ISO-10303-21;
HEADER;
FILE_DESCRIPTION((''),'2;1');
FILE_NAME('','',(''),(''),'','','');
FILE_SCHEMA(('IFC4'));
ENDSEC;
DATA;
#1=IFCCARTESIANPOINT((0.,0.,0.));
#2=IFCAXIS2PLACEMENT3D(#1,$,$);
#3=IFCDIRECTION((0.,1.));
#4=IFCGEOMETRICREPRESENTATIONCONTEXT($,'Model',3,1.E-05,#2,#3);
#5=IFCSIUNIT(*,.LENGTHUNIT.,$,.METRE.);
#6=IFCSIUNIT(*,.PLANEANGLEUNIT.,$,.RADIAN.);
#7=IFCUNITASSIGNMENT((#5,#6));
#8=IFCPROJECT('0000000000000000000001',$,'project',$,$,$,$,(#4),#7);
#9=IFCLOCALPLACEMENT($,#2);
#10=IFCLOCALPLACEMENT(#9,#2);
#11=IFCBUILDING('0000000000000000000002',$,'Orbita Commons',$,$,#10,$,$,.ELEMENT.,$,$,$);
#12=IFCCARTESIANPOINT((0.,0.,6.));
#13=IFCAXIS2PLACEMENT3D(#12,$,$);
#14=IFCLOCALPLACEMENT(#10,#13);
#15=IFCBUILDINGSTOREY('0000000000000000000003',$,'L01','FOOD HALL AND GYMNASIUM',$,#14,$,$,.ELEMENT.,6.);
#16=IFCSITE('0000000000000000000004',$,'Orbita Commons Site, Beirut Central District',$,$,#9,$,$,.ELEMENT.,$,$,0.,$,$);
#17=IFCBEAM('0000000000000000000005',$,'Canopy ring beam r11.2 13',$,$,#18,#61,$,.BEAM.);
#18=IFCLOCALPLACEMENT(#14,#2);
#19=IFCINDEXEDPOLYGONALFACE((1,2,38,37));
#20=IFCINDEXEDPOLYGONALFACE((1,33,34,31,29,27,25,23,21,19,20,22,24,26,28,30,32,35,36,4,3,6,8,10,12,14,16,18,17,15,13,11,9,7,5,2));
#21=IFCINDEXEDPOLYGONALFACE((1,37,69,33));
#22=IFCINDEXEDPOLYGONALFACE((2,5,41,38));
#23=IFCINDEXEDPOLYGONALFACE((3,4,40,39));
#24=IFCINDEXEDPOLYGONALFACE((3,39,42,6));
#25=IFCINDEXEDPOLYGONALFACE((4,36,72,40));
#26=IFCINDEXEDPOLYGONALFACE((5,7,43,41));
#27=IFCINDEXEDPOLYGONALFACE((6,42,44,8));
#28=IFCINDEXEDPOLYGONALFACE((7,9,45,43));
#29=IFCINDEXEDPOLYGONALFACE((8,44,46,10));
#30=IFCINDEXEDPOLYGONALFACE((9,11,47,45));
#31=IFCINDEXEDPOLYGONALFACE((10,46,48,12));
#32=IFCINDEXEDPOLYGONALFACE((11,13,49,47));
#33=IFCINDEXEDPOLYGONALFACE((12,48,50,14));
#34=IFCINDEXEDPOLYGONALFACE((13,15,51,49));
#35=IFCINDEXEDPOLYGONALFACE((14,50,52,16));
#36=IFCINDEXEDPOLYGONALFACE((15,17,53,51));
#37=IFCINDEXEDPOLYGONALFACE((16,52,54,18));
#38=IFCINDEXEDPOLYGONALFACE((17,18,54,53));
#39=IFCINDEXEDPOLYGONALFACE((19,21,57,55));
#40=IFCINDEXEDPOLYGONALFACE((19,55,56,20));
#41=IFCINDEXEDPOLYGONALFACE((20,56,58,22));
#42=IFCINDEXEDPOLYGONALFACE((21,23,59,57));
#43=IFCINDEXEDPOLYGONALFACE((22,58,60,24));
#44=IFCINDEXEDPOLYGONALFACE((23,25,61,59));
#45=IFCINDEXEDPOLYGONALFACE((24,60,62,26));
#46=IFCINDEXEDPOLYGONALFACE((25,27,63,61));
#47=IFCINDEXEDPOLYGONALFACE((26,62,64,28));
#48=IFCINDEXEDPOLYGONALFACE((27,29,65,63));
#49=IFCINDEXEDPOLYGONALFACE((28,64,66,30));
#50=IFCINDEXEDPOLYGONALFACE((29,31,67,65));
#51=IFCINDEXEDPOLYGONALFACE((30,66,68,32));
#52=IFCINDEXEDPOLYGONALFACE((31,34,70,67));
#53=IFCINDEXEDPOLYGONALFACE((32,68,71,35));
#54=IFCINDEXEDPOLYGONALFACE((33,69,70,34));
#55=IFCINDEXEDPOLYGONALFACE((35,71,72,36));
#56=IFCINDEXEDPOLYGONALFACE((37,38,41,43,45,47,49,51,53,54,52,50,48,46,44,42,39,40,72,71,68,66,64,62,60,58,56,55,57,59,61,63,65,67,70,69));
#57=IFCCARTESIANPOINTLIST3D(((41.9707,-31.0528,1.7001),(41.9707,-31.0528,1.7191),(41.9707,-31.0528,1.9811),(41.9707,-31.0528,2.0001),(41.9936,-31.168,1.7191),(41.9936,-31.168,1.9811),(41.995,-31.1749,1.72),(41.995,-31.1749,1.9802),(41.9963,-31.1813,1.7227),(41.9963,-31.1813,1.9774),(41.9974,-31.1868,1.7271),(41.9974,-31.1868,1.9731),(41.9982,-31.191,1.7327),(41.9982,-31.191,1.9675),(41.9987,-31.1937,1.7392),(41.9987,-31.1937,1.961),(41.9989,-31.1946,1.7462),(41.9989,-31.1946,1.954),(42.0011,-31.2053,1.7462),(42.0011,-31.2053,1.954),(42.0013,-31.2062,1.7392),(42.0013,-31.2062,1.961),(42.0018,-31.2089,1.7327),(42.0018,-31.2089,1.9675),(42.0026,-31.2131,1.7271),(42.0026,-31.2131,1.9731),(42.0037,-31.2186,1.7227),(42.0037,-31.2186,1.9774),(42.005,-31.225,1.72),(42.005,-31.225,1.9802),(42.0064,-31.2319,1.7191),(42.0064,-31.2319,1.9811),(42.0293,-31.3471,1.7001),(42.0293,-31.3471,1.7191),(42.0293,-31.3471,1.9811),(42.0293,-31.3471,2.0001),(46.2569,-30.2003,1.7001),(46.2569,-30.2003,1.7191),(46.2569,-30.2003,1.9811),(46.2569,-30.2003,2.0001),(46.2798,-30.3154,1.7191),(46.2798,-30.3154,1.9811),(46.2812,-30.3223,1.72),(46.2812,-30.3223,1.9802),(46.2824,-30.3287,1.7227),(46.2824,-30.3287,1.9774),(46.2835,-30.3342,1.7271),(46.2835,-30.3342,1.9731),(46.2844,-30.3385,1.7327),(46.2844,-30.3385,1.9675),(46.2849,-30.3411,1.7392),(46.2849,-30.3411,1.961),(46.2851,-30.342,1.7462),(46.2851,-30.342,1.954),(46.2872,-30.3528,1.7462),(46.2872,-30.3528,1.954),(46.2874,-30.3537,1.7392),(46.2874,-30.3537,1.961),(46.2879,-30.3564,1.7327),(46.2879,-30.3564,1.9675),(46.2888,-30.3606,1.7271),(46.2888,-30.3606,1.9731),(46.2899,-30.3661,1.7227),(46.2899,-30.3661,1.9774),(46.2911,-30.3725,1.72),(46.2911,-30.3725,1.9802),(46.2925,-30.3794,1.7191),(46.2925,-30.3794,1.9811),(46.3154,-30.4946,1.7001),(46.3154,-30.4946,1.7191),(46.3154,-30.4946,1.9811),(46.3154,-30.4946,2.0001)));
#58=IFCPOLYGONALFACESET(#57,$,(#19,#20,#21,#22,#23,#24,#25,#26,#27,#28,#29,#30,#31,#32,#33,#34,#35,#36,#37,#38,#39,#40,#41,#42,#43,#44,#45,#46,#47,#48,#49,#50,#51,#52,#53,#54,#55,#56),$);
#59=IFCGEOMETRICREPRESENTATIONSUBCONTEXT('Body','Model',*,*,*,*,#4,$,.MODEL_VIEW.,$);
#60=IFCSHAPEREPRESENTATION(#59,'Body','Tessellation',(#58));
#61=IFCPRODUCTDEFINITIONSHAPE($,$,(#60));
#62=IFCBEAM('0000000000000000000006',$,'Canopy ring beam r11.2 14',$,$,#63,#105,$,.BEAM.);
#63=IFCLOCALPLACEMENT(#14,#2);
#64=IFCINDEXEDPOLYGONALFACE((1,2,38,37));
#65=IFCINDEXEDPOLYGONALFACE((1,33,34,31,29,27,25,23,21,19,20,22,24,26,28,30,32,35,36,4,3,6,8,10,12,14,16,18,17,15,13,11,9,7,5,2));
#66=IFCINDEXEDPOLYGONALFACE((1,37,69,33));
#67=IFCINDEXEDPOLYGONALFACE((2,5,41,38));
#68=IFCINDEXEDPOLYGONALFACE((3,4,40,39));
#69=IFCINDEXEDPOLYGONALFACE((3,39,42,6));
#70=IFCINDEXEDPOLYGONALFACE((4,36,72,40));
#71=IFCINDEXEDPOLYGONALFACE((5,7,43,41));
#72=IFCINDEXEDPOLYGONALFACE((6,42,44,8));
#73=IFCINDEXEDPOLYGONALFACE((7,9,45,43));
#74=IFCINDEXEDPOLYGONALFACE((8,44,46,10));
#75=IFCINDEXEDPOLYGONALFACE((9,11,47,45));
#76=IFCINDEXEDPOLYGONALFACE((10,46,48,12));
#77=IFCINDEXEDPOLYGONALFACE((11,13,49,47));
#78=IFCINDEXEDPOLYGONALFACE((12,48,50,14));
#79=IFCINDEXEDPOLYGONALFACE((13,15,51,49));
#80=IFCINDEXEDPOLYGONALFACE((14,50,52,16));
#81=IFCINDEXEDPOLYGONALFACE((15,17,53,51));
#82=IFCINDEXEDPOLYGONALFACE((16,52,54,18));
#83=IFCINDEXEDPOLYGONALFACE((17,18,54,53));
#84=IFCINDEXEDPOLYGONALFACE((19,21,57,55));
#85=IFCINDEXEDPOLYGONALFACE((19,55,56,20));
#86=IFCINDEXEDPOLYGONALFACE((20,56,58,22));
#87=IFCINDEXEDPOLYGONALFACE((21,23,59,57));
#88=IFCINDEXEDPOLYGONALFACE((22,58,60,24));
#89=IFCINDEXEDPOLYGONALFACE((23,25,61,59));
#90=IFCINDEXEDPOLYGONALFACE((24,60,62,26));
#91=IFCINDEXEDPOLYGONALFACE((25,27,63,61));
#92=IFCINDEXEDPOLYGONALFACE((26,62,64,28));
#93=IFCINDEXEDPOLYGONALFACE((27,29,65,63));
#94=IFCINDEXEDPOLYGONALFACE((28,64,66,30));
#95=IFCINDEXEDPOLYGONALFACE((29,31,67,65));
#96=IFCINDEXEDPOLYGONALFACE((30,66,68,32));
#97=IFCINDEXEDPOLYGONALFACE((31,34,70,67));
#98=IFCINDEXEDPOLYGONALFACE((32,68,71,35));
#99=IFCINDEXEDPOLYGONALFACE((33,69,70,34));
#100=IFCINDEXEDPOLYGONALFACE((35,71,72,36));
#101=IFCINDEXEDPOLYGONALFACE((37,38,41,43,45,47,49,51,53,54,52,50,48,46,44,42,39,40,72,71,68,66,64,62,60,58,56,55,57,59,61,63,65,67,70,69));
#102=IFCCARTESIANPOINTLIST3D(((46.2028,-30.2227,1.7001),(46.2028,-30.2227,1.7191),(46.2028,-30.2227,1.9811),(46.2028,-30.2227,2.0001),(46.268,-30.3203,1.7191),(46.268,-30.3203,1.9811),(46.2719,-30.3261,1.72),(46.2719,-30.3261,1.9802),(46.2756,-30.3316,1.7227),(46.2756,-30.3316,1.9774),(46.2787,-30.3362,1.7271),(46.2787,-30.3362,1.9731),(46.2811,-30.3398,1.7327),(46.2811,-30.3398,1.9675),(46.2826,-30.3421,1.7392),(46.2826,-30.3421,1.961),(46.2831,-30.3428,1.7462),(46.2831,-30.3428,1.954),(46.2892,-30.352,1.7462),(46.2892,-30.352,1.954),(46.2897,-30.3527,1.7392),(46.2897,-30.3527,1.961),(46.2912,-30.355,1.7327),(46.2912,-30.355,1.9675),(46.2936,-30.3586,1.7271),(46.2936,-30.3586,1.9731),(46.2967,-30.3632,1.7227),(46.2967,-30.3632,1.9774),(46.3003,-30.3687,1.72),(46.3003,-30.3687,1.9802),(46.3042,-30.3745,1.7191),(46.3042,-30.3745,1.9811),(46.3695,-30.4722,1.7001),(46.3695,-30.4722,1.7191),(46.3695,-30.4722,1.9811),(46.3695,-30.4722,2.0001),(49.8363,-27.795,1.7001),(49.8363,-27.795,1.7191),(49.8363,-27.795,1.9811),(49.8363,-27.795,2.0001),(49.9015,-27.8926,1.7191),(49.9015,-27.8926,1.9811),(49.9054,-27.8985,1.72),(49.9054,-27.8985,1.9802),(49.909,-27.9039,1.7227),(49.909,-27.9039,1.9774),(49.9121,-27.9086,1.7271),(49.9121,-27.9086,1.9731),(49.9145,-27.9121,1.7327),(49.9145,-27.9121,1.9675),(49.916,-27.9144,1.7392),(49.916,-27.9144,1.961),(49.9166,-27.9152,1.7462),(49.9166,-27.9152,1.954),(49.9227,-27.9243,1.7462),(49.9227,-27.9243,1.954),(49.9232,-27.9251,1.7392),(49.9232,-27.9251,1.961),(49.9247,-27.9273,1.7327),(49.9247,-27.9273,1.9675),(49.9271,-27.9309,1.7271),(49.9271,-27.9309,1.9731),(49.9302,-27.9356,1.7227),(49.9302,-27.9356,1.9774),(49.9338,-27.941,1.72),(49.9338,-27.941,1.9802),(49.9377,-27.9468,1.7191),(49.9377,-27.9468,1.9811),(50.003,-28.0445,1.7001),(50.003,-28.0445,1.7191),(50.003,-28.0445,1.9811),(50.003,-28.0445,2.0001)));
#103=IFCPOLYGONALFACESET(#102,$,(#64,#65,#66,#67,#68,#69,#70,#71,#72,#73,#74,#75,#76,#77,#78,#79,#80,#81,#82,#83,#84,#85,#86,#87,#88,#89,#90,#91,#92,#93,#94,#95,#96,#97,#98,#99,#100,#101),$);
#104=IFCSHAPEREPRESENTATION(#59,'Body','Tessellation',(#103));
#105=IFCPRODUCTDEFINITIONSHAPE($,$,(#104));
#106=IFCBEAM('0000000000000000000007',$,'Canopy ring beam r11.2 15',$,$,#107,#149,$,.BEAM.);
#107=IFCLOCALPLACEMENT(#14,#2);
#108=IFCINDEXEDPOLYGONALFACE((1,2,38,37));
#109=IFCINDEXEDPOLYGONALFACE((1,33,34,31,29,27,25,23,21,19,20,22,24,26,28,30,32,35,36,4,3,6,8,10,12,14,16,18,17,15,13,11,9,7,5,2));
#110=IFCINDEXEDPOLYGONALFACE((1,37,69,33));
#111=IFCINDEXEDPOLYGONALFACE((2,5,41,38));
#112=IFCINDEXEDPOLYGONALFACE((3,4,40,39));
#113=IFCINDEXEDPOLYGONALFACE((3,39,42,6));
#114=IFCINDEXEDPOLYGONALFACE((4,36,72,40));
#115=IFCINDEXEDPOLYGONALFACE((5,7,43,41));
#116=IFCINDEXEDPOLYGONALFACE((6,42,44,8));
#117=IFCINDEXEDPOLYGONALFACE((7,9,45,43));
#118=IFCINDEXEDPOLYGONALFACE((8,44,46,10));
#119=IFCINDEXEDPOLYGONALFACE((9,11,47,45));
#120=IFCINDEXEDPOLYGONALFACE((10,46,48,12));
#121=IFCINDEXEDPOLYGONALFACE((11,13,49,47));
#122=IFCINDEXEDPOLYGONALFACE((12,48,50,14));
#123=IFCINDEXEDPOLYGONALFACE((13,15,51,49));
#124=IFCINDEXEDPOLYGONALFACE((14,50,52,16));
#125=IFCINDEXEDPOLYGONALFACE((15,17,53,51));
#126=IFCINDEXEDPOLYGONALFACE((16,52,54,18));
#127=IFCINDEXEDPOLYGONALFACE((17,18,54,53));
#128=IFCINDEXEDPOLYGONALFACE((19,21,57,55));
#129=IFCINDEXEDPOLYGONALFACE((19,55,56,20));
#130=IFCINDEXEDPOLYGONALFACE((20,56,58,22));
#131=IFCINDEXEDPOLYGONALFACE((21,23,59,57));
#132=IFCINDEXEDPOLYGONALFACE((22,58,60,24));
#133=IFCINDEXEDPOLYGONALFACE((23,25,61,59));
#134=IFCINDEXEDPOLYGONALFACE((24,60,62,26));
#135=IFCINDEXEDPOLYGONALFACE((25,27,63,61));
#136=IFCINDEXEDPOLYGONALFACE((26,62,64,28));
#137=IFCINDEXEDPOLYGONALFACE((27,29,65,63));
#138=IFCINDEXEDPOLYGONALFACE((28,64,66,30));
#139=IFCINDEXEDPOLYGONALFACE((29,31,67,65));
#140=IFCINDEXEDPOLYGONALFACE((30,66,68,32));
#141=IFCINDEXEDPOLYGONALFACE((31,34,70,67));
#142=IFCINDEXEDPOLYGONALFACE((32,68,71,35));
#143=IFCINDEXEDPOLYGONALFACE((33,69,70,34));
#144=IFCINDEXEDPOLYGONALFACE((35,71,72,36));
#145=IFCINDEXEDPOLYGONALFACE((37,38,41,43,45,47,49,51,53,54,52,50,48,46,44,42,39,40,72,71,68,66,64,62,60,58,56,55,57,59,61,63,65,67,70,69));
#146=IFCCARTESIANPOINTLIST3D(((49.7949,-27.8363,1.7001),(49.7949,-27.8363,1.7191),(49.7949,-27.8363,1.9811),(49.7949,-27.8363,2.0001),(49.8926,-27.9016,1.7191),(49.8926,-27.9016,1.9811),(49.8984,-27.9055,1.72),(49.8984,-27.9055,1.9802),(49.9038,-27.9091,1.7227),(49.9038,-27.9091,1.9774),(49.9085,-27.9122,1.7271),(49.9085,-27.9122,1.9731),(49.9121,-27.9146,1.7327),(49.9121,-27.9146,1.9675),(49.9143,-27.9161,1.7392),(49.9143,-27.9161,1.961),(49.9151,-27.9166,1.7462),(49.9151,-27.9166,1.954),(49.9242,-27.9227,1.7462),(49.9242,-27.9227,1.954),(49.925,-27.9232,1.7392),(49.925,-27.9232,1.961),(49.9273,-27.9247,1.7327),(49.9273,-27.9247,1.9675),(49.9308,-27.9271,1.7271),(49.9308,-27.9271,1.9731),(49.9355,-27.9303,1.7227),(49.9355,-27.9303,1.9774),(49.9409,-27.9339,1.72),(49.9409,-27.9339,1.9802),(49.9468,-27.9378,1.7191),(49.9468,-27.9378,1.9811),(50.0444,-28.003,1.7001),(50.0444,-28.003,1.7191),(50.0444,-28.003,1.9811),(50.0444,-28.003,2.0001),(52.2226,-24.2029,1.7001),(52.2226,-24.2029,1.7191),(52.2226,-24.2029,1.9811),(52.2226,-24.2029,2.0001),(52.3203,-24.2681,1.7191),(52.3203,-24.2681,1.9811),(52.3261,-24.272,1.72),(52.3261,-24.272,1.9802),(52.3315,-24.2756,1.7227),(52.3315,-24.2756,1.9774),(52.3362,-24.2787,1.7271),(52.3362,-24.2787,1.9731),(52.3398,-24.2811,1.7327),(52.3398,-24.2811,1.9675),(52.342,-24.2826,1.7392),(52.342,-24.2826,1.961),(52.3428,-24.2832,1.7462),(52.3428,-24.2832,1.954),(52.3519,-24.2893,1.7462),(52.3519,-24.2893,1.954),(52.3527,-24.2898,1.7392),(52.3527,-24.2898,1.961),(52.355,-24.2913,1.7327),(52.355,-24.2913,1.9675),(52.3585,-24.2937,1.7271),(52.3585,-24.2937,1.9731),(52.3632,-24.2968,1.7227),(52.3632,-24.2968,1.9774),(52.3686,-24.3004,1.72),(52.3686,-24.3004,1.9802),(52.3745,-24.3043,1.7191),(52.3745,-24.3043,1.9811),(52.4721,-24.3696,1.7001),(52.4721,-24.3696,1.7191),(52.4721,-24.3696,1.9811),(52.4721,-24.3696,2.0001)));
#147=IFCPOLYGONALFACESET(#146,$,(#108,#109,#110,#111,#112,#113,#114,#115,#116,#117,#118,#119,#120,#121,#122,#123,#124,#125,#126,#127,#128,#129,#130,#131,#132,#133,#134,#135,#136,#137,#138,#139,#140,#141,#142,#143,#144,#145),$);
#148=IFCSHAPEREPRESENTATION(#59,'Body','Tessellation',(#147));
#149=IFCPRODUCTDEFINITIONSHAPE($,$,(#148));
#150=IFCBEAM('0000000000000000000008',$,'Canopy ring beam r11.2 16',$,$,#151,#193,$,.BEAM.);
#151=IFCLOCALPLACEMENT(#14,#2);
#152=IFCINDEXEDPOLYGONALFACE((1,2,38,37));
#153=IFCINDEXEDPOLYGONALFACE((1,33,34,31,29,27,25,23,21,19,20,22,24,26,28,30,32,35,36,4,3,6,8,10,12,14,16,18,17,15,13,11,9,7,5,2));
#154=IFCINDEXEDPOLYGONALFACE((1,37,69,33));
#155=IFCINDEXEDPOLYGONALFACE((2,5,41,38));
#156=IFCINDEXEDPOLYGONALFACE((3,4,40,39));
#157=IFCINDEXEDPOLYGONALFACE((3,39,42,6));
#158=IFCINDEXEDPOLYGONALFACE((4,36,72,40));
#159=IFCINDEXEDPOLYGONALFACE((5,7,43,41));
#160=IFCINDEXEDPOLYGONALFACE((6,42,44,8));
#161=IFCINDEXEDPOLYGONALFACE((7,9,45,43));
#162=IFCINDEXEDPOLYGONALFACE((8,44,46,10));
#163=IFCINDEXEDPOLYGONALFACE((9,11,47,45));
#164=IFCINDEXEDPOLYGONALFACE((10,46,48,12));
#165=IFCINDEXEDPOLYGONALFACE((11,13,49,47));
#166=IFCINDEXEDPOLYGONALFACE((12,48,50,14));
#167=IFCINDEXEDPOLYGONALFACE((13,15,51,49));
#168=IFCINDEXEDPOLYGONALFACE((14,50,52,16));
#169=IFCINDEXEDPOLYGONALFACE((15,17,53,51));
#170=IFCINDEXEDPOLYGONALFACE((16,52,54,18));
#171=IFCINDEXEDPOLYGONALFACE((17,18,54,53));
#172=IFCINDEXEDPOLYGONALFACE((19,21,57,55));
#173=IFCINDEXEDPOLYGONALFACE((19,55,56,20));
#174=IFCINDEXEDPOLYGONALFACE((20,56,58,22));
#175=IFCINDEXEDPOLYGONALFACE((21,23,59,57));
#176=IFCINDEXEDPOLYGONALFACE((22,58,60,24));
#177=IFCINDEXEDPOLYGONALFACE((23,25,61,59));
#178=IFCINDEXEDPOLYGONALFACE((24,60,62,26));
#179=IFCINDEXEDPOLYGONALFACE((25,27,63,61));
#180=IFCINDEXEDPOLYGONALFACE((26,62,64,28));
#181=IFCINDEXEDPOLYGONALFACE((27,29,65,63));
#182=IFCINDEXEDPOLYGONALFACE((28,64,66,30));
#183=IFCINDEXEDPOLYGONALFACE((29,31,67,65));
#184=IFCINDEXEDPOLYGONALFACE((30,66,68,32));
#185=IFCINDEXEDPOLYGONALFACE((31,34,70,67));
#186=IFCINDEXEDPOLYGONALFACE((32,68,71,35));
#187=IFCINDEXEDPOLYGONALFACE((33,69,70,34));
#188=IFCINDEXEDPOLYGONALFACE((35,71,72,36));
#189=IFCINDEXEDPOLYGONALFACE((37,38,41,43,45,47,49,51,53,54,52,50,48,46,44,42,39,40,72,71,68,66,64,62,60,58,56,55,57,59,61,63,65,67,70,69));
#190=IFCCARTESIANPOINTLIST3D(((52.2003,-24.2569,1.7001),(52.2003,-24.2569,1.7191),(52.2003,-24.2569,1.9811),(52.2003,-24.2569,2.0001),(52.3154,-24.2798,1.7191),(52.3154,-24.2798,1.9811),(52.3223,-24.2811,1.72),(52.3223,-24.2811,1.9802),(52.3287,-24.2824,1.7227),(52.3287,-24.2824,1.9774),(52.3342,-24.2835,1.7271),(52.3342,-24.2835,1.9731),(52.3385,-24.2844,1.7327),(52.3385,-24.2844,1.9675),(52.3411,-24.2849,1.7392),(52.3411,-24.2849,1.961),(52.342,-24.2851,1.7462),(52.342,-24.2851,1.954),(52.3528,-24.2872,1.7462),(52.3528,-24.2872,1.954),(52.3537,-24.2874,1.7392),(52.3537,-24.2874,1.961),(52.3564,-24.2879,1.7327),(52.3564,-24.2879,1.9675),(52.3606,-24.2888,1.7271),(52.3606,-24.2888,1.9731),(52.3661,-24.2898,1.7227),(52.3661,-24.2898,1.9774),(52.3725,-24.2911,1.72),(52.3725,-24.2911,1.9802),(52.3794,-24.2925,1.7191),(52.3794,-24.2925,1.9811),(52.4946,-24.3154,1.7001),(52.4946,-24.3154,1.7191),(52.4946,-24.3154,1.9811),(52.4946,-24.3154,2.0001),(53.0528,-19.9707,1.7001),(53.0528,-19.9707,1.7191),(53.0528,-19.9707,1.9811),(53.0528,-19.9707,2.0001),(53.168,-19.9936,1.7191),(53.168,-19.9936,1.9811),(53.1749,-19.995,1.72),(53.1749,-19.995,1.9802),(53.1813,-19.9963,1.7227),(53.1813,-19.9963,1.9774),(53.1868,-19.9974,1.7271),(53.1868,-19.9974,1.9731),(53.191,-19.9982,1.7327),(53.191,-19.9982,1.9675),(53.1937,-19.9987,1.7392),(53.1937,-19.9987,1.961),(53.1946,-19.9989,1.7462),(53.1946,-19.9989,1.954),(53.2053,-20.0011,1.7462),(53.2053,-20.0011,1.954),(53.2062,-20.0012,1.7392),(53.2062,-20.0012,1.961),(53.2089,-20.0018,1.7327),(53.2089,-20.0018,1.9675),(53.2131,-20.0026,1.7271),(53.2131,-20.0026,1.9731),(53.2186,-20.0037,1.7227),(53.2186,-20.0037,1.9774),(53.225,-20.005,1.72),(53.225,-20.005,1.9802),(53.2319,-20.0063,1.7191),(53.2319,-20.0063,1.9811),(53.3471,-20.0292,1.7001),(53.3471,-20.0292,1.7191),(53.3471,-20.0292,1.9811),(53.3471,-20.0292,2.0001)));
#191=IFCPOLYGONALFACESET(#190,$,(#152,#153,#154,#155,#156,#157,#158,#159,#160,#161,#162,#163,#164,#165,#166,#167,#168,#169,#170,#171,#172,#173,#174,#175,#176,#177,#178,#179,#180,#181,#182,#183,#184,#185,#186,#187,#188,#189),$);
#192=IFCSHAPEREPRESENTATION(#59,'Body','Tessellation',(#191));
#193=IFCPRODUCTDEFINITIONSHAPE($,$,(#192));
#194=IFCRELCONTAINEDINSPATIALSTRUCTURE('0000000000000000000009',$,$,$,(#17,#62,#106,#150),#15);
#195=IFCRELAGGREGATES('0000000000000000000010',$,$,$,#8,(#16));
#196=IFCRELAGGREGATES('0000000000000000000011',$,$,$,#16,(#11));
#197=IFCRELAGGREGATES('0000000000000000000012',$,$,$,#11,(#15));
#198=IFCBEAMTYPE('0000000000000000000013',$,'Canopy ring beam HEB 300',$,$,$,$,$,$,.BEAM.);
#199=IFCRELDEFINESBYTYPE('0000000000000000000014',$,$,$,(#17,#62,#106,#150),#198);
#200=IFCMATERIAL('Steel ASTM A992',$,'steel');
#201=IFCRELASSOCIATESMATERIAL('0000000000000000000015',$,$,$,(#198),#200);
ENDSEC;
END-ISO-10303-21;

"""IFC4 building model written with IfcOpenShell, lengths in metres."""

from ifc_helpers import new_model, si_unit, direction, frame, origin, origin_2d, place, context, subcontext, project, spatial, i_section, extrude, material, material_profile, profile_set, type_object, element, save


model = new_model("IFC4")

# Units and contexts
model_context = context("Model", 3, precision=1e-05, world=origin(), true_north=direction((0.0, 1.0)))
body_context = subcontext(model_context, "Body", "Model", "MODEL_VIEW")
ifc_project = project(units=[si_unit("LENGTHUNIT", "METRE"), si_unit("PLANEANGLEUNIT", "RADIAN")], contexts=[model_context])

# Site, building, storey
site_placement = place(None, origin())
site = spatial("IfcSite", under=ifc_project, at=site_placement, Name="Orbita Commons Site, Beirut Central District", CompositionType="ELEMENT", RefElevation=0.0)
building_placement = place(site_placement, origin())
building = spatial("IfcBuilding", under=site, at=building_placement, Name="Orbita Commons", CompositionType="ELEMENT")
storey_placement = place(building_placement, frame((0.0, 0.0, 6.0)))
storey = spatial("IfcBuildingStorey", under=building, at=storey_placement, Name="L01", Description="FOOD HALL AND GYMNASIUM", CompositionType="ELEMENT", Elevation=6.0)

# Beams
ifc_material_1 = material(Name="Steel ASTM A992", Category="steel")
ifc_material_profile_1 = material_profile(ifc_material_1, i_section(OverallWidth=0.3, OverallDepth=0.3, WebThickness=0.011, FlangeThickness=0.019, FilletRadius=0.0271, at=origin_2d()), Name="HEB 300")
ifc_profile_set_1 = profile_set([ifc_material_profile_1], Name="Steel ASTM A992")
beam_type = type_object("IfcBeamType", Name="Canopy ring beam HEB 300", PredefinedType="BEAM", material=ifc_profile_set_1)
for number, where, z_axis, x_axis, name in (
    (1, (42.0, -31.2, 1.8501), (0.980786, 0.195085, 0.0), (-0.195085, 0.980786, 0.0), "Canopy ring beam r11.2 13"),
):
    element("IfcBeam", number, at=place(storey_placement, frame(where, z_axis=z_axis, x_axis=x_axis)), inside=storey, type_object=beam_type, Name=name, PredefinedType="BEAM", context=body_context, shape_type="SweptSolid", body=[
        extrude(i_section(OverallWidth=0.3, OverallDepth=0.3, WebThickness=0.011, FlangeThickness=0.019, FilletRadius=0.0271, at=origin_2d()), origin(), (0.0, 0.0, 1.0), 4.3701),
    ])
for number, where, z_axis, x_axis, name in (
    (2, (46.2861, -30.3474, 1.8501), (0.831483, 0.555551, 0.0), (-0.555551, 0.831483, 0.0), "Canopy ring beam r11.2 14"),
    (3, (49.9197, -27.9197, 1.8501), (0.555551, 0.831483, 0.0), (-0.831483, 0.555551, 0.0), "Canopy ring beam r11.2 15"),
):
    element("IfcBeam", number, at=place(storey_placement, frame(where, z_axis=z_axis, x_axis=x_axis)), inside=storey, type_object=beam_type, Name=name, PredefinedType="BEAM", context=body_context, shape_type="SweptSolid", body=[
        extrude(i_section(OverallWidth=0.3, OverallDepth=0.3, WebThickness=0.011, FlangeThickness=0.019, FilletRadius=0.0271, at=origin_2d()), origin(), (0.0, 0.0, 1.0), 4.3699),
    ])
beam_placement = place(storey_placement, frame((52.3474, -24.2861, 1.8501), z_axis=(0.195085, 0.980786, 0.0), x_axis=(-0.980786, 0.195085, 0.0)))
element("IfcBeam", 4, at=beam_placement, inside=storey, type_object=beam_type, Name="Canopy ring beam r11.2 16", PredefinedType="BEAM", context=body_context, shape_type="SweptSolid", body=[
    extrude(i_section(OverallWidth=0.3, OverallDepth=0.3, WebThickness=0.011, FlangeThickness=0.019, FilletRadius=0.0271, at=origin_2d()), origin(), (0.0, 0.0, 1.0), 4.3701),
])

save(model, "model.ifc")
